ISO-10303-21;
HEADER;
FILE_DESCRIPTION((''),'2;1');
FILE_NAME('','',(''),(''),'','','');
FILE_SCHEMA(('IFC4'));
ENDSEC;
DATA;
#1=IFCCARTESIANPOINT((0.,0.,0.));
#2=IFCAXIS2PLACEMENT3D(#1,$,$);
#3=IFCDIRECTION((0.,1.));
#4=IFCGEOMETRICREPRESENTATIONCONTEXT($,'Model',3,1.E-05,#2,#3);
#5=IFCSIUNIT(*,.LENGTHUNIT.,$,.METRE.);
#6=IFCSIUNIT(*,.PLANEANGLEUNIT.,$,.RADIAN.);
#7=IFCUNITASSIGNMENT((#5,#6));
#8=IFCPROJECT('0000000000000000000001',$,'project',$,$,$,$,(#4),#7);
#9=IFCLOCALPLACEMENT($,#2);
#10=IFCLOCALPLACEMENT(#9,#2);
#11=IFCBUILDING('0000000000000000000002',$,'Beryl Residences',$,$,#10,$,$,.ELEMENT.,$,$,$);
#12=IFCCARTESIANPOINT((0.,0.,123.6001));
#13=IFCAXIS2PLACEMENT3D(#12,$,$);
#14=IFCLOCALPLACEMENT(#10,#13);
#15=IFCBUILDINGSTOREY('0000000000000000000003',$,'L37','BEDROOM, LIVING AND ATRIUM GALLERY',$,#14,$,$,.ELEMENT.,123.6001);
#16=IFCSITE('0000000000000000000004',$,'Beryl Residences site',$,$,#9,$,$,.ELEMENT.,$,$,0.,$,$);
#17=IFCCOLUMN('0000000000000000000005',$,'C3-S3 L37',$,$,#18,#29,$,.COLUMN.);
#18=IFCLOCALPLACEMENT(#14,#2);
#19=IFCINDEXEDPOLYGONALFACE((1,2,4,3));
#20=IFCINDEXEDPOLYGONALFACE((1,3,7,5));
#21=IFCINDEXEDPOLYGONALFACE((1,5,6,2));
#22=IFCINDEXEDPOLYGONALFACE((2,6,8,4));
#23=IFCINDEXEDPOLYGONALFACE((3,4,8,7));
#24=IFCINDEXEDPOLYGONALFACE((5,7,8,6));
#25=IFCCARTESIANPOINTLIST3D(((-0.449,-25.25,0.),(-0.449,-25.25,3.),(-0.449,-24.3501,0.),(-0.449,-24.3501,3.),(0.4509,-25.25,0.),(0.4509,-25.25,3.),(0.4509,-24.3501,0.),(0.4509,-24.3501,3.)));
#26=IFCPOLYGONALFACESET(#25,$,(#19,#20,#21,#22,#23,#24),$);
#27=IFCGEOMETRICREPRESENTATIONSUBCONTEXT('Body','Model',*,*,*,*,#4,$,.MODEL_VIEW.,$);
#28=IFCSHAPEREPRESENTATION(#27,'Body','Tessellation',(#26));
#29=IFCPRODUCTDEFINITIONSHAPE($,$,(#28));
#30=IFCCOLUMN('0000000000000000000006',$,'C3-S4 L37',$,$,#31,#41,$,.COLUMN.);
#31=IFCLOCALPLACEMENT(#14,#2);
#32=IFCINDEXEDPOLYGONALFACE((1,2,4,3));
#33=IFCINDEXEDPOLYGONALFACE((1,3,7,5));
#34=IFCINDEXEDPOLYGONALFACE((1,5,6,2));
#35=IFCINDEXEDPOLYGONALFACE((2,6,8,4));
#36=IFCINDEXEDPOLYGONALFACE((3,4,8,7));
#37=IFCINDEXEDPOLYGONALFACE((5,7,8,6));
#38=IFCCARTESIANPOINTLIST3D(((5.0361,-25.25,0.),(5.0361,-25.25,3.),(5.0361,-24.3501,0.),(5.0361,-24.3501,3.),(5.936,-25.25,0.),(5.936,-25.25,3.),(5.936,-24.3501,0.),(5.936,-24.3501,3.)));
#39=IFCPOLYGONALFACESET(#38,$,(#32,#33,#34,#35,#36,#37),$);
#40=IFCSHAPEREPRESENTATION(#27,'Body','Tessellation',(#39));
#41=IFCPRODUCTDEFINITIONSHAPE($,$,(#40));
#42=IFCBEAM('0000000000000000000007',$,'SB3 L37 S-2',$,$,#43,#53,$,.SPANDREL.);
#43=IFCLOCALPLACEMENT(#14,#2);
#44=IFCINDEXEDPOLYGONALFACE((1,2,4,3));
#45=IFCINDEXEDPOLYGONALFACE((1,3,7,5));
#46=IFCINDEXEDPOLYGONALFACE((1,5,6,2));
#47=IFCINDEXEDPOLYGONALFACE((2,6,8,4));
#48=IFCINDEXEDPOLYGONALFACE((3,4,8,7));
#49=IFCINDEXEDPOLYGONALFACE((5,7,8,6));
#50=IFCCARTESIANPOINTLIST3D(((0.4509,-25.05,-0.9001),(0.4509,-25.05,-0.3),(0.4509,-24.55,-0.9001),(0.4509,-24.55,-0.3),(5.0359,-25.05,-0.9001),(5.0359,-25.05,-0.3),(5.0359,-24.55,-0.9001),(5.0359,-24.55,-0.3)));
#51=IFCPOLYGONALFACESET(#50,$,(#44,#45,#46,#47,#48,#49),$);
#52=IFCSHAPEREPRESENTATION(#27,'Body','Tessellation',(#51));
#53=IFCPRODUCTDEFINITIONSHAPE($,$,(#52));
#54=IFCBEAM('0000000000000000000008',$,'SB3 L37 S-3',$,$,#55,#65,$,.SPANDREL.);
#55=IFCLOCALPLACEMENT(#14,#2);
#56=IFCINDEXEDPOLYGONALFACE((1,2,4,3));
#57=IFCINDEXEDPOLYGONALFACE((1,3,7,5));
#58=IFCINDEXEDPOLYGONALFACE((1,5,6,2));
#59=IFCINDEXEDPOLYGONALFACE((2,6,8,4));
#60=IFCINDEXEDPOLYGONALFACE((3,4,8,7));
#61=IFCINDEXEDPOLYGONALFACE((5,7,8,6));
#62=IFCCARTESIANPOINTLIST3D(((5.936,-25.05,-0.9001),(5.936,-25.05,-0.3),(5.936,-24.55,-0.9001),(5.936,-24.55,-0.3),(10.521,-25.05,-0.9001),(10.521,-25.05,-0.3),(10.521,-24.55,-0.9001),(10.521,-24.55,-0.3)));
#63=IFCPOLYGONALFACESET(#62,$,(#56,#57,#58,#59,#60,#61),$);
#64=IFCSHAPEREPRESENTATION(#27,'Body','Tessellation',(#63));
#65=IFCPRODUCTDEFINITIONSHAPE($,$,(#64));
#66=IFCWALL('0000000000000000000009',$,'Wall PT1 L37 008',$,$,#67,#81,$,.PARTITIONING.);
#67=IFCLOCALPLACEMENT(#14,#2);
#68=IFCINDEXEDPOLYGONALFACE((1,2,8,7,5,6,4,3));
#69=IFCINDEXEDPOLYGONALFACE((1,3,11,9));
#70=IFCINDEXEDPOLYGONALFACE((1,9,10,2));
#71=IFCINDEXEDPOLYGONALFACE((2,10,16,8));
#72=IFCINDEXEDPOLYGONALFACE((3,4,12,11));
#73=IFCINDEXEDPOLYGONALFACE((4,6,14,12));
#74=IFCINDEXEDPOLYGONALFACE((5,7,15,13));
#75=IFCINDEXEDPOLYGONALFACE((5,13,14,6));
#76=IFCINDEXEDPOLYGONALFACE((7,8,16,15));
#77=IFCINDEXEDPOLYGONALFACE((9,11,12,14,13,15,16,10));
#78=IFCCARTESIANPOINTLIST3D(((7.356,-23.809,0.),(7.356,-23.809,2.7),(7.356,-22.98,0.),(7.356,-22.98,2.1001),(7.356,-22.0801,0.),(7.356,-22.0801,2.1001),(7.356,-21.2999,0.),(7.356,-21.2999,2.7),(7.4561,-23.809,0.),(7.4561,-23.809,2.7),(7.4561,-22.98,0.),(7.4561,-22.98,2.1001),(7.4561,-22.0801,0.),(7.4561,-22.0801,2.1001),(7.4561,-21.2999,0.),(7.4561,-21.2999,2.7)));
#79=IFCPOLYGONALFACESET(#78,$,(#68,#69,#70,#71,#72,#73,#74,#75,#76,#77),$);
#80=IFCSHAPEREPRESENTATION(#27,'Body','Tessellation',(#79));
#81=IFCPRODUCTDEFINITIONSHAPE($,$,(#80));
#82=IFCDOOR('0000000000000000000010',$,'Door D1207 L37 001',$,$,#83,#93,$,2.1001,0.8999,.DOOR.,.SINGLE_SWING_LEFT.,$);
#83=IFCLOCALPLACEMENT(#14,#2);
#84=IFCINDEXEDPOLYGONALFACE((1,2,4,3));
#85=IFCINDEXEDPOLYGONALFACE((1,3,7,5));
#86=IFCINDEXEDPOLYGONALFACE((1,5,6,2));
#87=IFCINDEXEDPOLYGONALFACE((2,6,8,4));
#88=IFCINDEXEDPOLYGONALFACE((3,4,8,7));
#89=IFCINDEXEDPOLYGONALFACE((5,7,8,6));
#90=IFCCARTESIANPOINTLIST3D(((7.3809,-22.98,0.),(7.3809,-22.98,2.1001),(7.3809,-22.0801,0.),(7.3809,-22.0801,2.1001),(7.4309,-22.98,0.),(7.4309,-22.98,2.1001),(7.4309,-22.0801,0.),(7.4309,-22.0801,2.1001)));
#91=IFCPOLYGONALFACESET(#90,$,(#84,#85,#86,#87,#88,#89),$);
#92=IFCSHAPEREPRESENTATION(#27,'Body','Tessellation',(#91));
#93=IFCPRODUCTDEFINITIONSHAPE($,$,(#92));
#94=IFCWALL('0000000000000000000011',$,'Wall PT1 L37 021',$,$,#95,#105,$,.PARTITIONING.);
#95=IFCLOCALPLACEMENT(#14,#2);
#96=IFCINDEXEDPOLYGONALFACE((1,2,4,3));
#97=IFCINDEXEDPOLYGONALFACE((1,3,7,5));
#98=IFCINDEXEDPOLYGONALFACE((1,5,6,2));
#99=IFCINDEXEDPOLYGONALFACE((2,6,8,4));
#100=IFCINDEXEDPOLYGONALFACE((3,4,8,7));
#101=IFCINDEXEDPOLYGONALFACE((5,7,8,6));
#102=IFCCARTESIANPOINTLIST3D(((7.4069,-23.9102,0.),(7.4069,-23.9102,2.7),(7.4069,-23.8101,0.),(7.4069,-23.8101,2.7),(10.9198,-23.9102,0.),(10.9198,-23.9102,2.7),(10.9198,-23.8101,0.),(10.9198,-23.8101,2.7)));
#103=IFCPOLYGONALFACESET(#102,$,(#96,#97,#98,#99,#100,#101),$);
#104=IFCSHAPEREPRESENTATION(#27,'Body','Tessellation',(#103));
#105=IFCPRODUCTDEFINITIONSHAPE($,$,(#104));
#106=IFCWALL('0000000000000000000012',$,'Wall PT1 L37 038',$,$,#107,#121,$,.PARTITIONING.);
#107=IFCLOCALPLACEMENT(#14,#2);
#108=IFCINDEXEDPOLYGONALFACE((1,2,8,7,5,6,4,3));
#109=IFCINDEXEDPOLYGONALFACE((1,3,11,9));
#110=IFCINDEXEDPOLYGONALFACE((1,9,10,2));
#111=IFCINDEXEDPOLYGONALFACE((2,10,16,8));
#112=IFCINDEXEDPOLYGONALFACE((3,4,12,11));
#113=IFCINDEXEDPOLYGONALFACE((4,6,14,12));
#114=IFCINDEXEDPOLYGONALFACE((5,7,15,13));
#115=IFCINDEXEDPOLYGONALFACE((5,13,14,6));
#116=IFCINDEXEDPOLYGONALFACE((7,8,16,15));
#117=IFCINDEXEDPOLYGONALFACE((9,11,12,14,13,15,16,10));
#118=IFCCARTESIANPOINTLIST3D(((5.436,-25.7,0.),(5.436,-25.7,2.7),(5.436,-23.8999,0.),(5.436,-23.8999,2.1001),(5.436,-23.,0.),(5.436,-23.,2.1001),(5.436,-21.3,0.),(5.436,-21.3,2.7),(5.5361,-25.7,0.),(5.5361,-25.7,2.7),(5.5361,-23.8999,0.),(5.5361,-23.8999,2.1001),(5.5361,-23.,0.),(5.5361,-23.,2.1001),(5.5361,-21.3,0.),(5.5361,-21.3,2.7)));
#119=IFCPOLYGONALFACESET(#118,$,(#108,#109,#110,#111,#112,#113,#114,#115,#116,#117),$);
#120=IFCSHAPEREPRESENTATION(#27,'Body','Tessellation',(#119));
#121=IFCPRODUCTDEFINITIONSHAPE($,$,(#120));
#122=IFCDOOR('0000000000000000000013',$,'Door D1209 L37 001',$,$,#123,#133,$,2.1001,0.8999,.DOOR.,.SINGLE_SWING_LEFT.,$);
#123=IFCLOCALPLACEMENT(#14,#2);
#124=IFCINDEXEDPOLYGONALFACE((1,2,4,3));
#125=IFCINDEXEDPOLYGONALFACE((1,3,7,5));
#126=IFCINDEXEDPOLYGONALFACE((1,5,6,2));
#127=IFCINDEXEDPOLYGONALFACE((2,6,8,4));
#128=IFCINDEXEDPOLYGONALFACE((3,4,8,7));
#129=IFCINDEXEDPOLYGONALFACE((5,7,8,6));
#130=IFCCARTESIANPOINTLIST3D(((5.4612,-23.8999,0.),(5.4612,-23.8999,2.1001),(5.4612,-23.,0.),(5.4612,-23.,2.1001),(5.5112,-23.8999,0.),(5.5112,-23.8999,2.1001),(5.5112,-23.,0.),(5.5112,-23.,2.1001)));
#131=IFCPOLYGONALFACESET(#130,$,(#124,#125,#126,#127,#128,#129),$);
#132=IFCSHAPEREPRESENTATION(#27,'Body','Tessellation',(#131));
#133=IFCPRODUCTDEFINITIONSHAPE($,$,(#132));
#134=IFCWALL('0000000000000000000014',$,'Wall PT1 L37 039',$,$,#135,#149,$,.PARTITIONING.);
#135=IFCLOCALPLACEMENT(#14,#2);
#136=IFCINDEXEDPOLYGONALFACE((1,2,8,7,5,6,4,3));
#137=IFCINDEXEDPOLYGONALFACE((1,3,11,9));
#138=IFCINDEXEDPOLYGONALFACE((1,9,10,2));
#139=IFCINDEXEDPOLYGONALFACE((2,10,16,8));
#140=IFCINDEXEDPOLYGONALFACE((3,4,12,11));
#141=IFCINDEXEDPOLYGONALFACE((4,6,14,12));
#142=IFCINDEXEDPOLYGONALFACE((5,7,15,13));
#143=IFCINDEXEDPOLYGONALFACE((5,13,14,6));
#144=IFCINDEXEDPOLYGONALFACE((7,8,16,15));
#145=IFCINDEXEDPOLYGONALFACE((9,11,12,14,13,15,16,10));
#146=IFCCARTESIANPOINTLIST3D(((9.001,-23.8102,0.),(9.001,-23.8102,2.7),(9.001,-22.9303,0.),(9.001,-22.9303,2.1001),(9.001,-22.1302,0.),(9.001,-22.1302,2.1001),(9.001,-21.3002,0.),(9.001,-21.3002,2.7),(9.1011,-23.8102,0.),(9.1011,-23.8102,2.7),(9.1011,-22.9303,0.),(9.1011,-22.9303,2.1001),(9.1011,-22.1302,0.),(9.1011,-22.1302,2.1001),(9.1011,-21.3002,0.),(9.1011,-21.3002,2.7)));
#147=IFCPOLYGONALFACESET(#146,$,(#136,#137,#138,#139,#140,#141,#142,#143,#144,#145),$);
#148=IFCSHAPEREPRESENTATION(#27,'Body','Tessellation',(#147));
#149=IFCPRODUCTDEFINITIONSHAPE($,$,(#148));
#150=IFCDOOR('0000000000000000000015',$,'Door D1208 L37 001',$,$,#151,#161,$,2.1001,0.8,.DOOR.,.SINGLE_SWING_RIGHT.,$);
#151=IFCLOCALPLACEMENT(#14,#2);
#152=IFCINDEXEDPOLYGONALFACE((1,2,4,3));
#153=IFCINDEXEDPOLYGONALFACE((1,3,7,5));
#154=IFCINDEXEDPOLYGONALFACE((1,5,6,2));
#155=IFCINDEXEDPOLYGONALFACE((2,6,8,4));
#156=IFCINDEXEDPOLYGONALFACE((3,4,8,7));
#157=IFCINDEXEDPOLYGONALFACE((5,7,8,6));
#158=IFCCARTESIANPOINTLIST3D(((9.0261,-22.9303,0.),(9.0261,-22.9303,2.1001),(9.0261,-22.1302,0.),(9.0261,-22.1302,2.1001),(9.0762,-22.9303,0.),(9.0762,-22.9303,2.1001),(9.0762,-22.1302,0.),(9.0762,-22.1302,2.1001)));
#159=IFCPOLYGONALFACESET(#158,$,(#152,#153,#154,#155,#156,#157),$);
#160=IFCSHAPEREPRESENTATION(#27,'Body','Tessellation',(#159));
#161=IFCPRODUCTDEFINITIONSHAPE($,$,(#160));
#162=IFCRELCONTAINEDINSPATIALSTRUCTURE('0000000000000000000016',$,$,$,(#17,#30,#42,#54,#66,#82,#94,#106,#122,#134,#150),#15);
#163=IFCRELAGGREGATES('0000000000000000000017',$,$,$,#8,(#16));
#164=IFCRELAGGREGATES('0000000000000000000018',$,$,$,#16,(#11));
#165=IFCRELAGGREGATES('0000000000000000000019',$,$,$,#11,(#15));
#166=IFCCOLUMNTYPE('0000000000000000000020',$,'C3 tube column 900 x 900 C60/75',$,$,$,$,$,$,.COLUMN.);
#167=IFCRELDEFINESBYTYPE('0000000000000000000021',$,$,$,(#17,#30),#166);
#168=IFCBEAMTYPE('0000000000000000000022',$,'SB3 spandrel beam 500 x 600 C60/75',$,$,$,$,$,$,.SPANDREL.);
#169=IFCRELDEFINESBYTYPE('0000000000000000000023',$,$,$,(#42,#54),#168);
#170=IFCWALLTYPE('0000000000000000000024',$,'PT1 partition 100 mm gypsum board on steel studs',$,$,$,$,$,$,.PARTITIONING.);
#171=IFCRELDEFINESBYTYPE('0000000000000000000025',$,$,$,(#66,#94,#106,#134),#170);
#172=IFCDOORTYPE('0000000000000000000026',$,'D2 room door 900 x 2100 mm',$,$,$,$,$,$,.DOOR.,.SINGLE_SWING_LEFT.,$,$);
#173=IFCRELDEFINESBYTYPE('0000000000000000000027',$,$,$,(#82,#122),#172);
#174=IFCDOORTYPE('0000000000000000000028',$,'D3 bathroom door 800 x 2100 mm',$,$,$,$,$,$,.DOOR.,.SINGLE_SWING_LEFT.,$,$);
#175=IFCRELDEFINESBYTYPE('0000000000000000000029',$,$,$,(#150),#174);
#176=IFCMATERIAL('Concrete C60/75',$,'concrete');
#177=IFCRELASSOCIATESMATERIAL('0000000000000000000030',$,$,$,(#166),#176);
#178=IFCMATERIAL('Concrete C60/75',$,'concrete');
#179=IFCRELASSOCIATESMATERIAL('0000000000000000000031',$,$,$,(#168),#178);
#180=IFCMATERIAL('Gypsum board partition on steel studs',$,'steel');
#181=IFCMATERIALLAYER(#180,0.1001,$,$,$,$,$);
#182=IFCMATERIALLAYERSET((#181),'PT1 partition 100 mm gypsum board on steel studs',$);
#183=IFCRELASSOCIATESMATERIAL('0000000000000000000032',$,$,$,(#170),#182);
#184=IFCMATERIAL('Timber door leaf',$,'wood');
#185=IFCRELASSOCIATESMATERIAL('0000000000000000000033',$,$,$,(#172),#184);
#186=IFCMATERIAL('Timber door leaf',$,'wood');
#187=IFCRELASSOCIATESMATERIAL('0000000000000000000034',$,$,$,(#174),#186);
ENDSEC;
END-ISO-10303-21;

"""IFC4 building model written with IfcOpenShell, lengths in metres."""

from ifc_helpers import new_model, si_unit, direction, frame, frame_2d, origin, origin_2d, place, context, subcontext, project, spatial, rectangle, extrude, material, layer, layer_set, material_profile, profile_set, type_object, element, fill, save


model = new_model("IFC4")

# Units and contexts
model_context = context("Model", 3, precision=1e-05, world=origin(), true_north=direction((0.0, 1.0)))
body_context = subcontext(model_context, "Body", "Model", "MODEL_VIEW")
ifc_project = project(units=[si_unit("LENGTHUNIT", "METRE"), si_unit("PLANEANGLEUNIT", "RADIAN")], contexts=[model_context])

# Site, building, storey
site_placement = place(None, origin())
site = spatial("IfcSite", under=ifc_project, at=site_placement, Name="Beryl Residences site", CompositionType="ELEMENT", RefElevation=0.0)
building_placement = place(site_placement, origin())
building = spatial("IfcBuilding", under=site, at=building_placement, Name="Beryl Residences", CompositionType="ELEMENT")
storey_placement = place(building_placement, frame((0.0, 0.0, 123.6001)))
storey = spatial("IfcBuildingStorey", under=building, at=storey_placement, Name="L37", Description="BEDROOM, LIVING AND ATRIUM GALLERY", CompositionType="ELEMENT", Elevation=123.6001)

# Columns
ifc_material_1 = material(Name="Concrete C60/75", Category="concrete")
ifc_material_profile_1 = material_profile(ifc_material_1, rectangle(XDim=0.8999, YDim=0.8999, at=origin_2d()))
ifc_profile_set_1 = profile_set([ifc_material_profile_1], Name="Concrete C60/75")
column_type = type_object("IfcColumnType", Name="C3 tube column 900 x 900 C60/75", PredefinedType="COLUMN", material=ifc_profile_set_1)
for number, where, z_axis, x_axis, name in (
    (1, (0.001, -24.8, 0.0), (0.0, 0.0, 1.0), (1.0, 0.0, 0.0), "C3-S3 L37"),
    (2, (5.4861, -24.8, 0.0), (0.0, 0.0, 1.0), (1.0, 0.0, 0.0), "C3-S4 L37"),
):
    element("IfcColumn", number, at=place(storey_placement, frame(where, z_axis=z_axis, x_axis=x_axis)), inside=storey, type_object=column_type, Name=name, PredefinedType="COLUMN", context=body_context, shape_type="SweptSolid", body=[
        extrude(rectangle(XDim=0.8999, YDim=0.8999, at=origin_2d()), origin(), (0.0, 0.0, 1.0), 3.0),
    ])

# Beams
ifc_material_2 = material(Name="Concrete C60/75", Category="concrete")
ifc_material_profile_2 = material_profile(ifc_material_2, rectangle(XDim=0.5, YDim=0.6001, at=origin_2d()))
ifc_profile_set_2 = profile_set([ifc_material_profile_2], Name="Concrete C60/75")
beam_type = type_object("IfcBeamType", Name="SB3 spandrel beam 500 x 600 C60/75", PredefinedType="SPANDREL", material=ifc_profile_set_2)
for number, where, z_axis, x_axis, name in (
    (3, (0.4509, -24.8, -0.6001), (1.0, 0.0, 0.0), (0.0, 1.0, 0.0), "SB3 L37 S-2"),
    (4, (5.936, -24.8, -0.6001), (1.0, 0.0, 0.0), (0.0, 1.0, 0.0), "SB3 L37 S-3"),
):
    element("IfcBeam", number, at=place(storey_placement, frame(where, z_axis=z_axis, x_axis=x_axis)), inside=storey, type_object=beam_type, Name=name, PredefinedType="SPANDREL", context=body_context, shape_type="SweptSolid", body=[
        extrude(rectangle(XDim=0.5, YDim=0.6001, at=origin_2d()), origin(), (0.0, 0.0, 1.0), 4.585),
    ])

# Wall, opening, door
ifc_material_3 = material(Name="Gypsum board partition on steel studs", Category="steel")
ifc_layer_1 = layer(ifc_material_3, 0.1001)
ifc_layer_set_1 = layer_set([ifc_layer_1], Name="PT1 partition 100 mm gypsum board on steel studs")
wall_type_1 = type_object("IfcWallType", Name="PT1 partition 100 mm gypsum board on steel studs", PredefinedType="PARTITIONING", material=ifc_layer_set_1)
wall_1_placement = place(storey_placement, frame((7.406, -21.3, 0.0), z_axis=(0.0, 0.0, 1.0), x_axis=(0.0, -1.0, 0.0)))
wall_1 = element("IfcWall", 5, at=wall_1_placement, inside=storey, type_object=wall_type_1, Name="Wall PT1 L37 008", PredefinedType="PARTITIONING", context=body_context, shape_type="SweptSolid", body=[
    extrude(rectangle(XDim=2.509, YDim=0.1001, at=frame_2d((1.2544, 0.0))), origin(), (0.0, 0.0, 1.0), 2.7),
])
opening_1_placement = place(wall_1_placement, frame((0.78, 0.0, 0.0)))
opening_1 = element("IfcOpeningElement", 6, at=opening_1_placement, cuts=wall_1, PredefinedType="OPENING", context=body_context, shape_type="SweptSolid", body=[
    extrude(rectangle(XDim=0.8999, YDim=2.1001, at=frame_2d((0.45, 1.05))), frame((0.0, 0.0601, 0.0), z_axis=(0.0, -1.0, 0.0), x_axis=(1.0, 0.0, 0.0)), (0.0, 0.0, 1.0), 0.1201),
])
ifc_material_4 = material(Name="Timber door leaf", Category="wood")
door_type_1 = type_object("IfcDoorType", Name="D2 room door 900 x 2100 mm", OperationType="SINGLE_SWING_LEFT", PredefinedType="DOOR", material=ifc_material_4)
door_1_placement = place(opening_1_placement, origin())
door_1 = element("IfcDoor", 7, at=door_1_placement, inside=storey, type_object=door_type_1, Name="Door D1207 L37 001", OperationType="SINGLE_SWING_LEFT", OverallHeight=2.1001, OverallWidth=0.8999, PredefinedType="DOOR", context=body_context, shape_type="SweptSolid", body=[
    extrude(rectangle(XDim=0.8999, YDim=2.1001, at=frame_2d((0.45, 1.05))), frame((0.0, 0.0249, 0.0), z_axis=(0.0, -1.0, 0.0), x_axis=(1.0, 0.0, 0.0)), (0.0, 0.0, 1.0), 0.05),
])
fill(opening_1, door_1)

# Wall
wall_2_placement = place(storey_placement, frame((7.407, -23.8601, 0.0), z_axis=(0.0, 0.0, 1.0), x_axis=(1.0, 0.0, 0.0)))
element("IfcWall", 8, at=wall_2_placement, inside=storey, type_object=wall_type_1, Name="Wall PT1 L37 021", PredefinedType="PARTITIONING", context=body_context, shape_type="SweptSolid", body=[
    extrude(rectangle(XDim=3.5129, YDim=0.1001, at=frame_2d((1.7563, 0.0))), origin(), (0.0, 0.0, 1.0), 2.7),
])

# Walls, openings, doors
wall_3_placement = place(storey_placement, frame((5.4861, -25.7, 0.0), z_axis=(0.0, 0.0, 1.0), x_axis=(0.0, 1.0, 0.0)))
wall_3 = element("IfcWall", 9, at=wall_3_placement, inside=storey, type_object=wall_type_1, Name="Wall PT1 L37 038", PredefinedType="PARTITIONING", context=body_context, shape_type="SweptSolid", body=[
    extrude(rectangle(XDim=4.3999, YDim=0.1001, at=frame_2d((2.2, 0.0))), origin(), (0.0, 0.0, 1.0), 2.7),
])
opening_2_placement = place(wall_3_placement, frame((1.8, 0.0, 0.0)))
opening_2 = element("IfcOpeningElement", 10, at=opening_2_placement, cuts=wall_3, PredefinedType="OPENING", context=body_context, shape_type="SweptSolid", body=[
    extrude(rectangle(XDim=0.8999, YDim=2.1001, at=frame_2d((0.45, 1.05))), frame((0.0, 0.0601, 0.0), z_axis=(0.0, -1.0, 0.0), x_axis=(1.0, 0.0, 0.0)), (0.0, 0.0, 1.0), 0.1201),
])
door_2_placement = place(opening_2_placement, origin())
door_2 = element("IfcDoor", 11, at=door_2_placement, inside=storey, type_object=door_type_1, Name="Door D1209 L37 001", OperationType="SINGLE_SWING_LEFT", OverallHeight=2.1001, OverallWidth=0.8999, PredefinedType="DOOR", context=body_context, shape_type="SweptSolid", body=[
    extrude(rectangle(XDim=0.8999, YDim=2.1001, at=frame_2d((0.45, 1.05))), frame((0.0, 0.0249, 0.0), z_axis=(0.0, -1.0, 0.0), x_axis=(1.0, 0.0, 0.0)), (0.0, 0.0, 1.0), 0.05),
])
fill(opening_2, door_2)
wall_4_placement = place(storey_placement, frame((9.051, -23.8101, 0.0), z_axis=(0.0, 0.0, 1.0), x_axis=(0.0, 1.0, 0.0)))
wall_4 = element("IfcWall", 12, at=wall_4_placement, inside=storey, type_object=wall_type_1, Name="Wall PT1 L37 039", PredefinedType="PARTITIONING", context=body_context, shape_type="SweptSolid", body=[
    extrude(rectangle(XDim=2.51, YDim=0.1001, at=frame_2d((1.2549, 0.0))), origin(), (0.0, 0.0, 1.0), 2.7),
])
opening_3_placement = place(wall_4_placement, frame((0.8799, 0.0, 0.0)))
opening_3 = element("IfcOpeningElement", 13, at=opening_3_placement, cuts=wall_4, PredefinedType="OPENING", context=body_context, shape_type="SweptSolid", body=[
    extrude(rectangle(XDim=0.8, YDim=2.1001, at=frame_2d((0.3999, 1.05))), frame((0.0, 0.0601, 0.0), z_axis=(0.0, -1.0, 0.0), x_axis=(1.0, 0.0, 0.0)), (0.0, 0.0, 1.0), 0.1201),
])
ifc_material_5 = material(Name="Timber door leaf", Category="wood")
door_type_2 = type_object("IfcDoorType", Name="D3 bathroom door 800 x 2100 mm", OperationType="SINGLE_SWING_LEFT", PredefinedType="DOOR", material=ifc_material_5)
door_3_placement = place(opening_3_placement, origin())
door_3 = element("IfcDoor", 14, at=door_3_placement, inside=storey, type_object=door_type_2, Name="Door D1208 L37 001", OperationType="SINGLE_SWING_RIGHT", OverallHeight=2.1001, OverallWidth=0.8, PredefinedType="DOOR", context=body_context, shape_type="SweptSolid", body=[
    extrude(rectangle(XDim=0.8, YDim=2.1001, at=frame_2d((0.3999, 1.05))), frame((0.0, 0.0249, 0.0), z_axis=(0.0, -1.0, 0.0), x_axis=(1.0, 0.0, 0.0)), (0.0, 0.0, 1.0), 0.05),
])
fill(opening_3, door_3)

save(model, "model.ifc")
